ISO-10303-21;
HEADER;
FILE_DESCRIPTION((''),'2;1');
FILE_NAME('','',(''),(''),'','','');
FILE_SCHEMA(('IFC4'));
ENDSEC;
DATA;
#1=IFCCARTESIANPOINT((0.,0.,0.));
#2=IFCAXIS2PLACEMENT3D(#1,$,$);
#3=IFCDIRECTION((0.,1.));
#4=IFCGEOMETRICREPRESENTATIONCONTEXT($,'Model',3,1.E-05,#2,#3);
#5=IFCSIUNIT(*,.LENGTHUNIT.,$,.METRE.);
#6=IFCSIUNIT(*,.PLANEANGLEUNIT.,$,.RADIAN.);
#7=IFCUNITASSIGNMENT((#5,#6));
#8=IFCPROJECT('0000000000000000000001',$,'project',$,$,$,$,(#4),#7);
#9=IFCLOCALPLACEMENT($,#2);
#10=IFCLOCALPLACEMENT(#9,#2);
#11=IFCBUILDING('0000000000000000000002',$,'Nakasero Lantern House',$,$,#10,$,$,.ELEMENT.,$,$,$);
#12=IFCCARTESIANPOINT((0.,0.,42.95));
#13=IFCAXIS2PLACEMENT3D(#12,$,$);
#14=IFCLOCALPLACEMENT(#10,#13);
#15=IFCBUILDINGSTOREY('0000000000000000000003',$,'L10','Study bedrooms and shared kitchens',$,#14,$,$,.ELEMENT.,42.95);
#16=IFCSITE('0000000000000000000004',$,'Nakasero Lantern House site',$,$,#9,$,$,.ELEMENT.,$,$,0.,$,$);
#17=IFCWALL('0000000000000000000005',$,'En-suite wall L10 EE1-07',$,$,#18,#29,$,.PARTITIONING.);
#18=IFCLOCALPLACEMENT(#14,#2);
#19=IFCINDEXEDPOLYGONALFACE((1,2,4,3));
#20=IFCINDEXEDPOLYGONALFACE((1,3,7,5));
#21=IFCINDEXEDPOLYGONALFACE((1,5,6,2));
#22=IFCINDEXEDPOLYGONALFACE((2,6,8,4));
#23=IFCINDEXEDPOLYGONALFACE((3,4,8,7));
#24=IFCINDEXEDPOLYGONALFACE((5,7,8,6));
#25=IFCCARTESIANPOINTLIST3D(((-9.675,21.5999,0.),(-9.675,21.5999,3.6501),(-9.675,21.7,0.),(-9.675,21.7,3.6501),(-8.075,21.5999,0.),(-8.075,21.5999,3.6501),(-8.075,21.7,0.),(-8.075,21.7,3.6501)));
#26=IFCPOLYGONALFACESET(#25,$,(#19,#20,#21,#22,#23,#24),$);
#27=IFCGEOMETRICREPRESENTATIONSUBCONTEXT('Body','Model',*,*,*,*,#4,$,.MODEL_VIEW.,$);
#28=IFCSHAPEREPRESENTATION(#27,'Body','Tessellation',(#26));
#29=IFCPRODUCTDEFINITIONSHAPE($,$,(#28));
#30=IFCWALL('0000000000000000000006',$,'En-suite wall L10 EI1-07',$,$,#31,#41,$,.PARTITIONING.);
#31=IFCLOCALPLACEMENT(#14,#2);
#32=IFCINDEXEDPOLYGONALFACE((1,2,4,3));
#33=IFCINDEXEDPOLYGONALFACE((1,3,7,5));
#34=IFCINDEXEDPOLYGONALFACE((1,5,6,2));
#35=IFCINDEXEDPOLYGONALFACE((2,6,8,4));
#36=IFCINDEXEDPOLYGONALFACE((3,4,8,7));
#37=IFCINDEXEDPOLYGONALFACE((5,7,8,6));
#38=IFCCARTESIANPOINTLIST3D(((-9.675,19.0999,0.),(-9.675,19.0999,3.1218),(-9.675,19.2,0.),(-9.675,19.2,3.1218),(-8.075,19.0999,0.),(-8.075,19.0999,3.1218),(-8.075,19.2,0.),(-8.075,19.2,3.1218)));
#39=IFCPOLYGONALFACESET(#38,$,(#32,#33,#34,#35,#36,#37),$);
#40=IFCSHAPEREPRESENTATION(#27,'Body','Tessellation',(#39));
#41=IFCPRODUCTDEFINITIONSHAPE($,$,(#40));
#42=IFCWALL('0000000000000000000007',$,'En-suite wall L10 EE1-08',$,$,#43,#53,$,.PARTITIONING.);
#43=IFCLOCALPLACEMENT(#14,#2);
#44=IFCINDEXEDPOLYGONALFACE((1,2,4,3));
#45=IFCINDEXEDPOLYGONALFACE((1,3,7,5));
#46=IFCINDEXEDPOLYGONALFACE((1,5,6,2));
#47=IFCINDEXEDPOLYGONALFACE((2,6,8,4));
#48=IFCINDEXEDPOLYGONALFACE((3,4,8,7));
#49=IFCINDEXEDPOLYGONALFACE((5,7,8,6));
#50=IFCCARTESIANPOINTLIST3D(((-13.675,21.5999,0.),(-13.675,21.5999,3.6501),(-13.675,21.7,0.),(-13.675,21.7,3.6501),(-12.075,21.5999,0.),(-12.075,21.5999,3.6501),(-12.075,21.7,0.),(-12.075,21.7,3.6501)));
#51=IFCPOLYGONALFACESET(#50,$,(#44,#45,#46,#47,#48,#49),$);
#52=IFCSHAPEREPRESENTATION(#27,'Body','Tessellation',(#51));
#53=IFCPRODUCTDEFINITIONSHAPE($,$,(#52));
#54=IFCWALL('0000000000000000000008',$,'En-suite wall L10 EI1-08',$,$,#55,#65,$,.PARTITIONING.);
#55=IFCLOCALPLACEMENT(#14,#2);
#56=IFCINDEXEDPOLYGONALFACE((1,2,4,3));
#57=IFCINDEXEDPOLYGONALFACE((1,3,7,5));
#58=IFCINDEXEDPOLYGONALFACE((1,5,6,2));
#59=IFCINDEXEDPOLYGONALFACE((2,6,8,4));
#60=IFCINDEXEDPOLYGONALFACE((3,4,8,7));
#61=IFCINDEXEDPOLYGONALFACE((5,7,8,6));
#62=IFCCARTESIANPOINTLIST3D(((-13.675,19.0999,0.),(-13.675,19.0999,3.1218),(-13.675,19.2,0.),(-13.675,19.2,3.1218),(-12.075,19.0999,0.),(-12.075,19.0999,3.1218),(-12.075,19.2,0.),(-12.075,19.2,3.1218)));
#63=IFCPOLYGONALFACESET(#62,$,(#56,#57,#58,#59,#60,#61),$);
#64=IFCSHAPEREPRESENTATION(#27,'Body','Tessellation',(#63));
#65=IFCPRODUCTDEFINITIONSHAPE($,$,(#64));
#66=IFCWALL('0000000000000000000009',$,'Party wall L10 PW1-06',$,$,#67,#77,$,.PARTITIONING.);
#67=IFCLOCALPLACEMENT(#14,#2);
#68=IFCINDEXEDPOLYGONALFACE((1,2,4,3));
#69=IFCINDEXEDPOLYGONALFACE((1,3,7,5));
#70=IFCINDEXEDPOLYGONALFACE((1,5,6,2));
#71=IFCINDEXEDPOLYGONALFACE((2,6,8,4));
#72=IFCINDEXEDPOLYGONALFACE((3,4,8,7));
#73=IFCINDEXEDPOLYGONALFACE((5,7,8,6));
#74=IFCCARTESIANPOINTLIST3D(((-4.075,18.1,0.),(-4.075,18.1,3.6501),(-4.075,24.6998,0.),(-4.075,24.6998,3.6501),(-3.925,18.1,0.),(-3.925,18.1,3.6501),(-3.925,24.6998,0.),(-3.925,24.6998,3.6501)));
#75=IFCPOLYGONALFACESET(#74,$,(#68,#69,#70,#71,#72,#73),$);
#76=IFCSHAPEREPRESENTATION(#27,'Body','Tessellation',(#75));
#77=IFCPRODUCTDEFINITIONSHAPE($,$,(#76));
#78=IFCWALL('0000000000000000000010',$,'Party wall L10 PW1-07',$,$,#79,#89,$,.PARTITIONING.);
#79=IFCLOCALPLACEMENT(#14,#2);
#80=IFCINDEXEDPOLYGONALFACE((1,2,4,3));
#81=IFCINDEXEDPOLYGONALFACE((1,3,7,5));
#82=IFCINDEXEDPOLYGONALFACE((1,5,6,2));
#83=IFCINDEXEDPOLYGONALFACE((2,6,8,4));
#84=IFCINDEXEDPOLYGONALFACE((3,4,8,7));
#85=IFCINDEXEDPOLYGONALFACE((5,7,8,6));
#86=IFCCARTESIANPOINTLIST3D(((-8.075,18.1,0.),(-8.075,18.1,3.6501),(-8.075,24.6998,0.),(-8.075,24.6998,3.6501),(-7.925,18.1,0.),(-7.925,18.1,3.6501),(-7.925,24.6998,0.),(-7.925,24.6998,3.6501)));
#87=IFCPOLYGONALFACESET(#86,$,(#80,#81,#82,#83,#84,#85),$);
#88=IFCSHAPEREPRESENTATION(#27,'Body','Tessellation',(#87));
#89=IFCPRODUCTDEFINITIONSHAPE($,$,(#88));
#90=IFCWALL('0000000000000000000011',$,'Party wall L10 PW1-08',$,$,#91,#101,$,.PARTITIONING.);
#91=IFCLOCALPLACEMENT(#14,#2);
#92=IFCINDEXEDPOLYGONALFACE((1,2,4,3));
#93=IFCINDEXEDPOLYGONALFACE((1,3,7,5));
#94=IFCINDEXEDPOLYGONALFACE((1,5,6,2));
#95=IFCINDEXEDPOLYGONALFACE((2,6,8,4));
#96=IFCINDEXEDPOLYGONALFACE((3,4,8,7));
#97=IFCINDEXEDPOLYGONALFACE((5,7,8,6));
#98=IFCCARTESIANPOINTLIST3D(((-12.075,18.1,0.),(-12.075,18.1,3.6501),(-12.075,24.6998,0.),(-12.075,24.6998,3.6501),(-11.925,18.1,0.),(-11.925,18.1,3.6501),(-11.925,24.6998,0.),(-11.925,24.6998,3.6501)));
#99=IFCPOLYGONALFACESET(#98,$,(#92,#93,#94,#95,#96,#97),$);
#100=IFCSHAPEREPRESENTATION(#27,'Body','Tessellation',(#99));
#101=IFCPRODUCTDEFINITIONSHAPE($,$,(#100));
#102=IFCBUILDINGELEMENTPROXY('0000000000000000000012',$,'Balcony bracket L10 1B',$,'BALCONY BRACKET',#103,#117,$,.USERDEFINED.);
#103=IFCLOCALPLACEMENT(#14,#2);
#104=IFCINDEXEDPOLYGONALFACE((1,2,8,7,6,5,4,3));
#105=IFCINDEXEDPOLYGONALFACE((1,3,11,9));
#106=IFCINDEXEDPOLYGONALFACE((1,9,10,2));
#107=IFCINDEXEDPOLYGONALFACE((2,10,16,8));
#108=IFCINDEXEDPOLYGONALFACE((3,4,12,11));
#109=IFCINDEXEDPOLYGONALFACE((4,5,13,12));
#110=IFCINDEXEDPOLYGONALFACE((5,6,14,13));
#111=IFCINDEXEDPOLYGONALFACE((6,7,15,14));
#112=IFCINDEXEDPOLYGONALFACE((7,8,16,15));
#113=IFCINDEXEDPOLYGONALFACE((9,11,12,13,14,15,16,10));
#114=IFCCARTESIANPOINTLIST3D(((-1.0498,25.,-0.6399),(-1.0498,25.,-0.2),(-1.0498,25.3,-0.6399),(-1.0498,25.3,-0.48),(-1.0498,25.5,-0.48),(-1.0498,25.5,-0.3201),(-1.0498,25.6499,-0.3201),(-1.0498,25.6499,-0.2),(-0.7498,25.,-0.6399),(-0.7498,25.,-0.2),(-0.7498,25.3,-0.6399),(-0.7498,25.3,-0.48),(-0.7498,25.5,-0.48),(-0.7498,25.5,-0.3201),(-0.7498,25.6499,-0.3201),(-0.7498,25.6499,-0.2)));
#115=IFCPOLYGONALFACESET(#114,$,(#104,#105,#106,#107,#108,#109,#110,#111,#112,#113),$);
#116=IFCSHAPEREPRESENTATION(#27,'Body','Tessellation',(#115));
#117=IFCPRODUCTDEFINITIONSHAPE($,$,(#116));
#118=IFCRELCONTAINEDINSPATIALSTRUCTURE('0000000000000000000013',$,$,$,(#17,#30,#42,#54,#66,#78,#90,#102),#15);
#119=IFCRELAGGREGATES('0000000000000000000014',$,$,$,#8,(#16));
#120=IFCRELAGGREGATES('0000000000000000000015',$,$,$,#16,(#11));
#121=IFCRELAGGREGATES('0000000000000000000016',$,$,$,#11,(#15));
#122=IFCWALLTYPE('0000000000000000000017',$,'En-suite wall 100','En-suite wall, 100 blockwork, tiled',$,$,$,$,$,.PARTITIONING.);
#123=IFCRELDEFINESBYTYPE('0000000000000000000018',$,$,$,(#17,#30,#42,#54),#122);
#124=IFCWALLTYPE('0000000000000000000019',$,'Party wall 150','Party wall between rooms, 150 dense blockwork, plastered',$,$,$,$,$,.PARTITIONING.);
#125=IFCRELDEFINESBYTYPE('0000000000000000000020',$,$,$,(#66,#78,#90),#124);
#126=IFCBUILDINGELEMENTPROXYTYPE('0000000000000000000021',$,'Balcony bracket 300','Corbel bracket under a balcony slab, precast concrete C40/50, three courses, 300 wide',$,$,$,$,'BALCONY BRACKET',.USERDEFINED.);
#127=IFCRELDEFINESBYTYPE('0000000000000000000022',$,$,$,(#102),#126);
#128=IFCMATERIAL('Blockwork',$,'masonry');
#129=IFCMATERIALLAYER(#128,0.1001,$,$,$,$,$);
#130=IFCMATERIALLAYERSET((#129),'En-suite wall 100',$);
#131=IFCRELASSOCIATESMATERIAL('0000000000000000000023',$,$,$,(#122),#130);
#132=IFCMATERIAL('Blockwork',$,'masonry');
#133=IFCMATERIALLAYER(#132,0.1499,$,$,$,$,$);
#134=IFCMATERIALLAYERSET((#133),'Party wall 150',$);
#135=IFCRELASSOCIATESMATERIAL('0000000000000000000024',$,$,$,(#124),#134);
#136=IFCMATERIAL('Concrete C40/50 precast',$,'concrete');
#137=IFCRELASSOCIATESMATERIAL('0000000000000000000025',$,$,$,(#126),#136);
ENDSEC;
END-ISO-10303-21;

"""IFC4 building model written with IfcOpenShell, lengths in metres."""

from ifc_helpers import new_model, si_unit, direction, frame, frame_2d, origin, place, context, subcontext, project, spatial, polyline, rectangle, outline, extrude, material, layer, layer_set, type_object, element, save


model = new_model("IFC4")

# Units and contexts
model_context = context("Model", 3, precision=1e-05, world=origin(), true_north=direction((0.0, 1.0)))
body_context = subcontext(model_context, "Body", "Model", "MODEL_VIEW")
ifc_project = project(units=[si_unit("LENGTHUNIT", "METRE"), si_unit("PLANEANGLEUNIT", "RADIAN")], contexts=[model_context])

# Site, building, storey
site_placement = place(None, origin())
site = spatial("IfcSite", under=ifc_project, at=site_placement, Name="Nakasero Lantern House site", CompositionType="ELEMENT", RefElevation=0.0)
building_placement = place(site_placement, origin())
building = spatial("IfcBuilding", under=site, at=building_placement, Name="Nakasero Lantern House", CompositionType="ELEMENT")
storey_placement = place(building_placement, frame((0.0, 0.0, 42.95)))
storey = spatial("IfcBuildingStorey", under=building, at=storey_placement, Name="L10", Description="Study bedrooms and shared kitchens", CompositionType="ELEMENT", Elevation=42.95)

# Shared definitions
ifc_material_1 = material(Name="Blockwork", Category="masonry")
ifc_layer_1 = layer(ifc_material_1, 0.1001)
ifc_layer_set_1 = layer_set([ifc_layer_1], Name="En-suite wall 100")
wall_type_1 = type_object("IfcWallType", Name="En-suite wall 100", Description="En-suite wall, 100 blockwork, tiled", PredefinedType="PARTITIONING", material=ifc_layer_set_1)

# Walls
wall_1_placement = place(storey_placement, frame((-8.075, 21.6499, 0.0), z_axis=(0.0, 0.0, 1.0), x_axis=(-1.0, 0.0, 0.0)))
element("IfcWall", 1, at=wall_1_placement, inside=storey, type_object=wall_type_1, Name="En-suite wall L10 EE1-07", PredefinedType="PARTITIONING", context=body_context, shape_type="SweptSolid", body=[
    extrude(rectangle(XDim=1.6001, YDim=0.1001, at=frame_2d((0.8, 0.0))), origin(), (0.0, 0.0, 1.0), 3.6501),
])
wall_2_placement = place(storey_placement, frame((-8.075, 19.1499, 0.0), z_axis=(0.0, 0.0, 1.0), x_axis=(-1.0, 0.0, 0.0)))
element("IfcWall", 2, at=wall_2_placement, inside=storey, type_object=wall_type_1, Name="En-suite wall L10 EI1-07", PredefinedType="PARTITIONING", context=body_context, shape_type="SweptSolid", body=[
    extrude(rectangle(XDim=1.6001, YDim=0.1001, at=frame_2d((0.8, 0.0))), origin(), (0.0, 0.0, 1.0), 3.1218),
])
wall_3_placement = place(storey_placement, frame((-12.075, 21.6499, 0.0), z_axis=(0.0, 0.0, 1.0), x_axis=(-1.0, 0.0, 0.0)))
element("IfcWall", 3, at=wall_3_placement, inside=storey, type_object=wall_type_1, Name="En-suite wall L10 EE1-08", PredefinedType="PARTITIONING", context=body_context, shape_type="SweptSolid", body=[
    extrude(rectangle(XDim=1.6001, YDim=0.1001, at=frame_2d((0.8, 0.0))), origin(), (0.0, 0.0, 1.0), 3.6501),
])
wall_4_placement = place(storey_placement, frame((-12.075, 19.1499, 0.0), z_axis=(0.0, 0.0, 1.0), x_axis=(-1.0, 0.0, 0.0)))
element("IfcWall", 4, at=wall_4_placement, inside=storey, type_object=wall_type_1, Name="En-suite wall L10 EI1-08", PredefinedType="PARTITIONING", context=body_context, shape_type="SweptSolid", body=[
    extrude(rectangle(XDim=1.6001, YDim=0.1001, at=frame_2d((0.8, 0.0))), origin(), (0.0, 0.0, 1.0), 3.1218),
])
ifc_material_2 = material(Name="Blockwork", Category="masonry")
ifc_layer_2 = layer(ifc_material_2, 0.1499)
ifc_layer_set_2 = layer_set([ifc_layer_2], Name="Party wall 150")
wall_type_2 = type_object("IfcWallType", Name="Party wall 150", Description="Party wall between rooms, 150 dense blockwork, plastered", PredefinedType="PARTITIONING", material=ifc_layer_set_2)
for number, where, z_axis, x_axis, name in (
    (5, (-4.0, 18.1001, 0.0), (0.0, 0.0, 1.0), (0.0, 1.0, 0.0), "Party wall L10 PW1-06"),
    (6, (-8.0, 18.1001, 0.0), (0.0, 0.0, 1.0), (0.0, 1.0, 0.0), "Party wall L10 PW1-07"),
    (7, (-12.0, 18.1001, 0.0), (0.0, 0.0, 1.0), (0.0, 1.0, 0.0), "Party wall L10 PW1-08"),
):
    element("IfcWall", number, at=place(storey_placement, frame(where, z_axis=z_axis, x_axis=x_axis)), inside=storey, type_object=wall_type_2, Name=name, PredefinedType="PARTITIONING", context=body_context, shape_type="SweptSolid", body=[
        extrude(rectangle(XDim=6.5999, YDim=0.1499, at=frame_2d((3.2998, 0.0))), origin(), (0.0, 0.0, 1.0), 3.6501),
    ])

# Building element proxy
ifc_material_3 = material(Name="Concrete C40/50 precast", Category="concrete")
building_element_proxy_type = type_object("IfcBuildingElementProxyType", Name="Balcony bracket 300", Description="Corbel bracket under a balcony slab, precast concrete C40/50, three courses, 300 wide", ElementType="BALCONY BRACKET", PredefinedType="USERDEFINED", material=ifc_material_3)
proxy_placement = place(storey_placement, frame((-0.8999, 25.0, -0.2), z_axis=(0.0, 0.0, 1.0), x_axis=(0.0, 1.0, 0.0)))
element("IfcBuildingElementProxy", 8, at=proxy_placement, inside=storey, type_object=building_element_proxy_type, Name="Balcony bracket L10 1B", ObjectType="BALCONY BRACKET", PredefinedType="USERDEFINED", context=body_context, shape_type="SweptSolid", body=[
    extrude(outline(polyline([(0.0, 0.0), (0.6499, 0.0), (0.6499, -0.1201), (0.5, -0.1201), (0.5, -0.28), (0.3, -0.28), (0.3, -0.4399), (0.0, -0.4399), (0.0, 0.0)])), frame((0.0, 0.1499, 0.0), z_axis=(0.0, -1.0, 0.0), x_axis=(1.0, 0.0, 0.0)), (0.0, 0.0, 1.0), 0.3),
])

save(model, "model.ifc")
